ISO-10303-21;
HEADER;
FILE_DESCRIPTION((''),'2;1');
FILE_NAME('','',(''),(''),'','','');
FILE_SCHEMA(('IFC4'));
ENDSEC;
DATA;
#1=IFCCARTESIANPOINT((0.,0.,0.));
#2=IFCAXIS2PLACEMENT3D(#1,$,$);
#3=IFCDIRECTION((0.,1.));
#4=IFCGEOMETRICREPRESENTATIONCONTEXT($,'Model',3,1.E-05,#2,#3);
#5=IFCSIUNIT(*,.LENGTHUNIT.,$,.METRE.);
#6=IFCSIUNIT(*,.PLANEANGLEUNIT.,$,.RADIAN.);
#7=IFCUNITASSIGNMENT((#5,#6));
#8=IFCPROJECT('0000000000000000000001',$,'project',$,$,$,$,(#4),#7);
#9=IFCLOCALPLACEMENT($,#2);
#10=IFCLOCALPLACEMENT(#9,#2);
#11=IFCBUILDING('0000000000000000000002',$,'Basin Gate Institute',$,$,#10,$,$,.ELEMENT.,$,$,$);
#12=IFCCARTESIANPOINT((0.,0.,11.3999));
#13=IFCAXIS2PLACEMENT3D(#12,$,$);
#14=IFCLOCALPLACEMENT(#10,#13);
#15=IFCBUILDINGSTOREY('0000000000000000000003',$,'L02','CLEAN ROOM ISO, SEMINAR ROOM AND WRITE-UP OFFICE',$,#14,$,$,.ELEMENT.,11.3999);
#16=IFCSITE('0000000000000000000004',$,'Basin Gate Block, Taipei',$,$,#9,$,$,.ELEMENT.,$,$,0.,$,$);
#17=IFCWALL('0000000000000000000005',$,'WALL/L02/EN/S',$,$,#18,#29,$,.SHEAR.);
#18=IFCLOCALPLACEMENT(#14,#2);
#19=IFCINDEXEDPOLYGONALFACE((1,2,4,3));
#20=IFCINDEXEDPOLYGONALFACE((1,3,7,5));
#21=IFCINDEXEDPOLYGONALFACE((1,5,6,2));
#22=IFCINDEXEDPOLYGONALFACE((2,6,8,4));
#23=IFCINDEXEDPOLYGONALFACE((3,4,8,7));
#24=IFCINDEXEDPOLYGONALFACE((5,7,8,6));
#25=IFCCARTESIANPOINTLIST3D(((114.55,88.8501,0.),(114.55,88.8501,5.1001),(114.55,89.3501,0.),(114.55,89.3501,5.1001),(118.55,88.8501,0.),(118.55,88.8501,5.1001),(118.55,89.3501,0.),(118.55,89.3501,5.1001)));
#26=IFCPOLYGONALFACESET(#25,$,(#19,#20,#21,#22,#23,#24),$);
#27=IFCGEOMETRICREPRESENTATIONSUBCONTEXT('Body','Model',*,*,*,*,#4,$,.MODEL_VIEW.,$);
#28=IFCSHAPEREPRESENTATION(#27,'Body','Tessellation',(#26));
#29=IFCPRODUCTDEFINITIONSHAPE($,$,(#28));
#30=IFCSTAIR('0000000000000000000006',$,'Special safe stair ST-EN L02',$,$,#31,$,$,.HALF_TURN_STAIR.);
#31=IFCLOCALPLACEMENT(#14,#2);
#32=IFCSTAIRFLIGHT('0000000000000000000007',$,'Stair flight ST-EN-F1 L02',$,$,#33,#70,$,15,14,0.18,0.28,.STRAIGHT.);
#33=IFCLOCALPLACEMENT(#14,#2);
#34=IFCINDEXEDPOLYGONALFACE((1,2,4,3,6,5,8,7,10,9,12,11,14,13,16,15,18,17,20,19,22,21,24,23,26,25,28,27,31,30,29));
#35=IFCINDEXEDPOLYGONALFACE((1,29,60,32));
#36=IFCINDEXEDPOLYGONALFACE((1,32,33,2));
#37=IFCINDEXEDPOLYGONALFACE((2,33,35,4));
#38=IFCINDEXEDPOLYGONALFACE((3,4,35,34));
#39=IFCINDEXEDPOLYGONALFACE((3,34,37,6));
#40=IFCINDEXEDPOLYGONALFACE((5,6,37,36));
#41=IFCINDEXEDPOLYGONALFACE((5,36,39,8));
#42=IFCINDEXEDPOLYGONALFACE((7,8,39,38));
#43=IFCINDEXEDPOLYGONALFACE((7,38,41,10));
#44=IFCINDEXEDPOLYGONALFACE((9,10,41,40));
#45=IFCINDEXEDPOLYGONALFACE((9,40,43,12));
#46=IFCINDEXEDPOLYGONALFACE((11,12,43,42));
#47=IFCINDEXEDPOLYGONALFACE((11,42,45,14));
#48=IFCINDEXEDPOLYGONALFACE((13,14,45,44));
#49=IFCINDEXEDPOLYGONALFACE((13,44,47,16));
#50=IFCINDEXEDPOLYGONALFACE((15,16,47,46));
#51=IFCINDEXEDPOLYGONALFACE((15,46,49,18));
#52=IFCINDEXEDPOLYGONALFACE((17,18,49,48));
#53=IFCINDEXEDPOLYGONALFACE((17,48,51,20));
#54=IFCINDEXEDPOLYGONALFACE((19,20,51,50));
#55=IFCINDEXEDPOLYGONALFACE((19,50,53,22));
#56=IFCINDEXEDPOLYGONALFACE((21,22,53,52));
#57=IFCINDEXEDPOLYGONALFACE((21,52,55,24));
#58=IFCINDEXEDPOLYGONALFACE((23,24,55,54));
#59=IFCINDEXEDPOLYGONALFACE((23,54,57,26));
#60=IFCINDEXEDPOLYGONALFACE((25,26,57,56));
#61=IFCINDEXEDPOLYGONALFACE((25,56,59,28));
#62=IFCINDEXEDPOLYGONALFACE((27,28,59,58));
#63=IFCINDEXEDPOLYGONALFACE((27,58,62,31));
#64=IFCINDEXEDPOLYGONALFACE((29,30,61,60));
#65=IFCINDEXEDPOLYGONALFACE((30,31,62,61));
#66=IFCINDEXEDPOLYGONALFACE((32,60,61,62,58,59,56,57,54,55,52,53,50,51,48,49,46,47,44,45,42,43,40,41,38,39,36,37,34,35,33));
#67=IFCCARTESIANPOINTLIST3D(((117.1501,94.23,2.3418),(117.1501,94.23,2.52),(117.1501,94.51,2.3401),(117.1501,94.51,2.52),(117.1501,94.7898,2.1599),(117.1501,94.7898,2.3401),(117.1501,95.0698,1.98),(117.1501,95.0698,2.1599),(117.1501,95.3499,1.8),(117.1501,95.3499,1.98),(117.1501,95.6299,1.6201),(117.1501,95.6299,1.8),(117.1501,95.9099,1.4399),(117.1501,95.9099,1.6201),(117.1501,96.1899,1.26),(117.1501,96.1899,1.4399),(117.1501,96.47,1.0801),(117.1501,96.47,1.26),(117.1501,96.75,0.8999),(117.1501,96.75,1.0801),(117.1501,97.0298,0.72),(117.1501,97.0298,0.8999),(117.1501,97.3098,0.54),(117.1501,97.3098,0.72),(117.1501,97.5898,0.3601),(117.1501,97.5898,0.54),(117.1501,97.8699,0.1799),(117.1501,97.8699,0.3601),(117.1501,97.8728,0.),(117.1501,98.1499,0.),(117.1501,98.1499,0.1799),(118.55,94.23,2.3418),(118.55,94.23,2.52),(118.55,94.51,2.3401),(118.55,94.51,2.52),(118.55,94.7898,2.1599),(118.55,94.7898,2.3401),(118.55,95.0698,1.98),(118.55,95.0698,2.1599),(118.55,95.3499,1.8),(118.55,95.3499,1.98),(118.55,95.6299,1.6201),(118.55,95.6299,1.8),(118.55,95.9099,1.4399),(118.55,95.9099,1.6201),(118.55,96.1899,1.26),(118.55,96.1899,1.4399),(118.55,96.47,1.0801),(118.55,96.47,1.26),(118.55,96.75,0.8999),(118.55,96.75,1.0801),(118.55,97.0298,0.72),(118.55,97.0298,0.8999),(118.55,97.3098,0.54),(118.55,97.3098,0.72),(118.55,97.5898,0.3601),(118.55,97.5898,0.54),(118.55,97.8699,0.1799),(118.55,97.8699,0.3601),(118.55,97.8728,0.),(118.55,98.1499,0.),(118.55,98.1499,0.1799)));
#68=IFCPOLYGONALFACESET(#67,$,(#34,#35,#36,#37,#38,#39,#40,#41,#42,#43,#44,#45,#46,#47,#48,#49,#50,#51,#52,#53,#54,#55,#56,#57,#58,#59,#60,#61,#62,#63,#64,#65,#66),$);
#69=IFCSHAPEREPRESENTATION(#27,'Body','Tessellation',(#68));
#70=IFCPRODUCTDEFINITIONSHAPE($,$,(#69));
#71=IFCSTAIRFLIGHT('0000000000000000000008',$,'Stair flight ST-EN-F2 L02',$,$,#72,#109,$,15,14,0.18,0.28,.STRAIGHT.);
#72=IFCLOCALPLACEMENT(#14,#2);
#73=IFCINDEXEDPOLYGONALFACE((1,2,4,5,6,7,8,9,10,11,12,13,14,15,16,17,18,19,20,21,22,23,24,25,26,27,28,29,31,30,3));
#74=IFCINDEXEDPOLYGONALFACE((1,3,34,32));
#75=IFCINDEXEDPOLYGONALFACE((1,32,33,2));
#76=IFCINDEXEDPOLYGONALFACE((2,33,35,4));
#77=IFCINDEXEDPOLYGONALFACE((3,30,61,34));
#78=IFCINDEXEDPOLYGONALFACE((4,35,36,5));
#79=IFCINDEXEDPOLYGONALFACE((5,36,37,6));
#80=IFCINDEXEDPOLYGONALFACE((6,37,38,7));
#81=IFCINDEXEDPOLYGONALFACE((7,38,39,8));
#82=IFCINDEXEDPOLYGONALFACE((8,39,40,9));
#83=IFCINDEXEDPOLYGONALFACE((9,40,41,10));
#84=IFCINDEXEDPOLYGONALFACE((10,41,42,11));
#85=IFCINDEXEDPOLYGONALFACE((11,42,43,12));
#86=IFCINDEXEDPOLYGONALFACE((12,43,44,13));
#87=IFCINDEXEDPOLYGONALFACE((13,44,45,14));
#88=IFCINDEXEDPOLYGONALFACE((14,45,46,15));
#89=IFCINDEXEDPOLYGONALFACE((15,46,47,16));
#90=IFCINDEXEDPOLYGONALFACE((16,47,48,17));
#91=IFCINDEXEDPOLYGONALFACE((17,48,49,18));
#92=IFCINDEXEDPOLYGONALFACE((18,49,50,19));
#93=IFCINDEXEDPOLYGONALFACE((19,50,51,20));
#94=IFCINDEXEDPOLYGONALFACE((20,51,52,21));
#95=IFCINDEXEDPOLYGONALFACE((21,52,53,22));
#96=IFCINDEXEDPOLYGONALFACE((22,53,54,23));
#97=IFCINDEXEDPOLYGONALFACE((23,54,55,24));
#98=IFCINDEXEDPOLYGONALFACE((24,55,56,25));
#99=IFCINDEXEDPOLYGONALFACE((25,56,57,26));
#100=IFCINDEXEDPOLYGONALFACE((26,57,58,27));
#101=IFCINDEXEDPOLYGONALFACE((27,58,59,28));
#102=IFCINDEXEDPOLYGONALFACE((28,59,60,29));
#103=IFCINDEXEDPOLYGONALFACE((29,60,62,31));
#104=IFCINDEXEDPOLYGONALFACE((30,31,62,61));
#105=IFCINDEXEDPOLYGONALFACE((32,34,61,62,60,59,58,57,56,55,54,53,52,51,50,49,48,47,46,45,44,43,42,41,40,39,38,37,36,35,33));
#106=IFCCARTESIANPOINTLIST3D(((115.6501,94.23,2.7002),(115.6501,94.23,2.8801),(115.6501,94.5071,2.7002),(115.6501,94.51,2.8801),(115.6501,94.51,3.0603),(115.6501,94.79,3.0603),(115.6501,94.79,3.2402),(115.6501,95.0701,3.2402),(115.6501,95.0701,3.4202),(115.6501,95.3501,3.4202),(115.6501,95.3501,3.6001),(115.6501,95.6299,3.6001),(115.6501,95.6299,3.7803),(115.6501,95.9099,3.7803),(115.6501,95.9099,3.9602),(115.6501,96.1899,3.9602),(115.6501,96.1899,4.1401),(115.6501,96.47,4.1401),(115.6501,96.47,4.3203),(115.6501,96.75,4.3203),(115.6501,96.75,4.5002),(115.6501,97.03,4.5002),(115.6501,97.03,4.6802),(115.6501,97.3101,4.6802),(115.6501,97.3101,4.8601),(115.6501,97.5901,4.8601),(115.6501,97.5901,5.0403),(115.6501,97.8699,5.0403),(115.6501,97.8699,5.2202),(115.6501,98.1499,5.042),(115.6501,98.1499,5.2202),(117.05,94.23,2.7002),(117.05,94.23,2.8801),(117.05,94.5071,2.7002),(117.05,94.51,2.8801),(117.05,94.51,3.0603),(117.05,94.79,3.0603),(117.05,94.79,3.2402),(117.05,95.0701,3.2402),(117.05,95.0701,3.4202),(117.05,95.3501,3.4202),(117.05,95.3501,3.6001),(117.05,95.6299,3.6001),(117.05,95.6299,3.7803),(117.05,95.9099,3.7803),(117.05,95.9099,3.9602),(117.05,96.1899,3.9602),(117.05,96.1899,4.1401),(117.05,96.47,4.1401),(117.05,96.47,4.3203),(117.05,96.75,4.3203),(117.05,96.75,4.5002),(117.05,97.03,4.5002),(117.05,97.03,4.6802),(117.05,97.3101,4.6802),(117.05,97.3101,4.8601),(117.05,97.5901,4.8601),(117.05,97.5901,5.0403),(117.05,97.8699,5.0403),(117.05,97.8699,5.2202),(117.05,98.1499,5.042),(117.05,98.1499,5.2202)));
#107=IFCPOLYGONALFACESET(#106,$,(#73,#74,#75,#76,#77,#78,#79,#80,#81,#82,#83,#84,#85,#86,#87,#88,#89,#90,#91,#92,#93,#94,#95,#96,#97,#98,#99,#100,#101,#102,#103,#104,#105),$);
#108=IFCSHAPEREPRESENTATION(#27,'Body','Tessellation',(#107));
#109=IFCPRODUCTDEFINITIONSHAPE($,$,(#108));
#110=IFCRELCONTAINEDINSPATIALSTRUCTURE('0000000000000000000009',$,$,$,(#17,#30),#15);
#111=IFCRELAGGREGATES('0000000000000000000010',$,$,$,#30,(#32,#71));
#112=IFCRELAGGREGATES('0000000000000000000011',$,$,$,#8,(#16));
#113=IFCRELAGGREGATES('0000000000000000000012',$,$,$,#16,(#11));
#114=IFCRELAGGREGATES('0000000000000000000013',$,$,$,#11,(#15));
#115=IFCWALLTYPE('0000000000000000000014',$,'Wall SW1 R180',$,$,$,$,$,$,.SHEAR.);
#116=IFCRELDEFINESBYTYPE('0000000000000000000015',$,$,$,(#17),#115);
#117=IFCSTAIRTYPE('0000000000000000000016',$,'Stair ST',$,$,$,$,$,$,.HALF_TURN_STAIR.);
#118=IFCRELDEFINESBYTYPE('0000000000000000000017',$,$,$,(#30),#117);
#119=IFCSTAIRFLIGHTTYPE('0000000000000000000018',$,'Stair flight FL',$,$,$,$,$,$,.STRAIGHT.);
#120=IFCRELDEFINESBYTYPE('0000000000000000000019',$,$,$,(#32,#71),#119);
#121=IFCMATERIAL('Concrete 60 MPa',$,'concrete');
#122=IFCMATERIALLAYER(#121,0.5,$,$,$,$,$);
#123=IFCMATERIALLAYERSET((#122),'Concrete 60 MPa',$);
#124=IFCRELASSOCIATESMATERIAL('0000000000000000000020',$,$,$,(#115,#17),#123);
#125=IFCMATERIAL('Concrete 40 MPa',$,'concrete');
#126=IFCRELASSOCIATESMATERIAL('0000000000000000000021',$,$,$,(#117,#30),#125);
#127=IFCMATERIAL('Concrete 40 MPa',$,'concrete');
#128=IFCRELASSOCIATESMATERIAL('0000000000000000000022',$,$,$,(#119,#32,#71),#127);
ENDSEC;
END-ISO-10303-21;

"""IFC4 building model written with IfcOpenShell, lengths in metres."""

from ifc_helpers import new_model, si_unit, direction, frame, frame_2d, origin, place, context, subcontext, project, spatial, polyline, rectangle, outline, extrude, material, layer, layer_set, type_object, element, aggregate, save


model = new_model("IFC4")

# Units and contexts
model_context = context("Model", 3, precision=1e-05, world=origin(), true_north=direction((0.0, 1.0)))
body_context = subcontext(model_context, "Body", "Model", "MODEL_VIEW")
ifc_project = project(units=[si_unit("LENGTHUNIT", "METRE"), si_unit("PLANEANGLEUNIT", "RADIAN")], contexts=[model_context])

# Site, building, storey
site_placement = place(None, origin())
site = spatial("IfcSite", under=ifc_project, at=site_placement, Name="Basin Gate Block, Taipei", CompositionType="ELEMENT", RefElevation=0.0)
building_placement = place(site_placement, origin())
building = spatial("IfcBuilding", under=site, at=building_placement, Name="Basin Gate Institute", CompositionType="ELEMENT")
storey_placement = place(building_placement, frame((0.0, 0.0, 11.3999)))
storey = spatial("IfcBuildingStorey", under=building, at=storey_placement, Name="L02", Description="CLEAN ROOM ISO, SEMINAR ROOM AND WRITE-UP OFFICE", CompositionType="ELEMENT", Elevation=11.3999)

# Shared definitions
ifc_material_1 = material(Name="Concrete 60 MPa", Category="concrete")
ifc_layer_1 = layer(ifc_material_1, 0.5)
ifc_layer_set_1 = layer_set([ifc_layer_1], Name="Concrete 60 MPa")
wall_type_1 = type_object("IfcWallType", Name="Wall SW1 R180", PredefinedType="SHEAR", material=ifc_layer_set_1)

# Wall
wall_1_placement = place(storey_placement, frame((118.55, 89.1001, 0.0), z_axis=(0.0, 0.0, 1.0), x_axis=(-1.0, 0.0, 0.0)))
element("IfcWall", 1, at=wall_1_placement, inside=storey, type_object=wall_type_1, material=ifc_layer_set_1, Name="WALL/L02/EN/S", PredefinedType="SHEAR", context=body_context, shape_type="SweptSolid", body=[
    extrude(rectangle(XDim=4.0, YDim=0.5, at=frame_2d((2.0, 0.0))), origin(), (0.0, 0.0, 1.0), 5.1001),
])

# Stair, stair flights
ifc_material_2 = material(Name="Concrete 40 MPa", Category="concrete")
stair_type = type_object("IfcStairType", Name="Stair ST", PredefinedType="HALF_TURN_STAIR", material=ifc_material_2)
stair_placement = place(storey_placement, origin())
stair = element("IfcStair", 2, at=stair_placement, inside=storey, type_object=stair_type, material=ifc_material_2, Name="Special safe stair ST-EN L02", PredefinedType="HALF_TURN_STAIR")
ifc_material_3 = material(Name="Concrete 40 MPa", Category="concrete")
stair_flight_type = type_object("IfcStairFlightType", Name="Stair flight FL", PredefinedType="STRAIGHT", material=ifc_material_3)
stair_flight_1_placement = place(storey_placement, frame((117.8501, 98.1499, 0.0), z_axis=(0.0, 0.0, 1.0), x_axis=(0.0, -1.0, 0.0)))
stair_flight_1 = element("IfcStairFlight", 3, at=stair_flight_1_placement, type_object=stair_flight_type, material=ifc_material_3, Name="Stair flight ST-EN-F1 L02", NumberOfRisers=15, NumberOfTreads=14, PredefinedType="STRAIGHT", RiserHeight=0.18, TreadLength=0.28, context=body_context, shape_type="SweptSolid", body=[
    extrude(outline(polyline([(0.0, 0.0), (0.0, 0.1799), (0.28, 0.1799), (0.28, 0.3601), (0.5601, 0.3601), (0.5601, 0.54), (0.8401, 0.54), (0.8401, 0.72), (1.1201, 0.72), (1.1201, 0.8999), (1.3999, 0.8999), (1.3999, 1.0801), (1.6799, 1.0801), (1.6799, 1.26), (1.96, 1.26), (1.96, 1.4399), (2.24, 1.4399), (2.24, 1.6201), (2.52, 1.6201), (2.52, 1.8), (2.8, 1.8), (2.8, 1.98), (3.0801, 1.98), (3.0801, 2.1599), (3.3601, 2.1599), (3.3601, 2.3401), (3.6399, 2.3401), (3.6399, 2.52), (3.9199, 2.52), (3.9199, 2.7), (3.9199, 2.3418), (0.2771, 0.0), (0.0, 0.0)])), frame((0.0, 0.7, 0.0), z_axis=(0.0, -1.0, 0.0), x_axis=(1.0, 0.0, 0.0)), (0.0, 0.0, 1.0), 1.3999),
])
stair_flight_2_placement = place(storey_placement, frame((116.3501, 94.23, 2.7002), z_axis=(0.0, 0.0, 1.0), x_axis=(0.0, 1.0, 0.0)))
stair_flight_2 = element("IfcStairFlight", 4, at=stair_flight_2_placement, type_object=stair_flight_type, material=ifc_material_3, Name="Stair flight ST-EN-F2 L02", NumberOfRisers=15, NumberOfTreads=14, PredefinedType="STRAIGHT", RiserHeight=0.18, TreadLength=0.28, context=body_context, shape_type="SweptSolid", body=[
    extrude(outline(polyline([(0.0, 0.0), (0.0, 0.1799), (0.28, 0.1799), (0.28, 0.3601), (0.5601, 0.3601), (0.5601, 0.54), (0.8401, 0.54), (0.8401, 0.72), (1.1201, 0.72), (1.1201, 0.8999), (1.3999, 0.8999), (1.3999, 1.0801), (1.6799, 1.0801), (1.6799, 1.26), (1.96, 1.26), (1.96, 1.4399), (2.24, 1.4399), (2.24, 1.6201), (2.52, 1.6201), (2.52, 1.8), (2.8, 1.8), (2.8, 1.98), (3.0801, 1.98), (3.0801, 2.1599), (3.3601, 2.1599), (3.3601, 2.3401), (3.6399, 2.3401), (3.6399, 2.52), (3.9199, 2.52), (3.9199, 2.7), (3.9199, 2.3418), (0.2771, 0.0), (0.0, 0.0)])), frame((0.0, 0.7, 0.0), z_axis=(0.0, -1.0, 0.0), x_axis=(1.0, 0.0, 0.0)), (0.0, 0.0, 1.0), 1.3999),
])
aggregate(stair, [stair_flight_1, stair_flight_2])

save(model, "model.ifc")
